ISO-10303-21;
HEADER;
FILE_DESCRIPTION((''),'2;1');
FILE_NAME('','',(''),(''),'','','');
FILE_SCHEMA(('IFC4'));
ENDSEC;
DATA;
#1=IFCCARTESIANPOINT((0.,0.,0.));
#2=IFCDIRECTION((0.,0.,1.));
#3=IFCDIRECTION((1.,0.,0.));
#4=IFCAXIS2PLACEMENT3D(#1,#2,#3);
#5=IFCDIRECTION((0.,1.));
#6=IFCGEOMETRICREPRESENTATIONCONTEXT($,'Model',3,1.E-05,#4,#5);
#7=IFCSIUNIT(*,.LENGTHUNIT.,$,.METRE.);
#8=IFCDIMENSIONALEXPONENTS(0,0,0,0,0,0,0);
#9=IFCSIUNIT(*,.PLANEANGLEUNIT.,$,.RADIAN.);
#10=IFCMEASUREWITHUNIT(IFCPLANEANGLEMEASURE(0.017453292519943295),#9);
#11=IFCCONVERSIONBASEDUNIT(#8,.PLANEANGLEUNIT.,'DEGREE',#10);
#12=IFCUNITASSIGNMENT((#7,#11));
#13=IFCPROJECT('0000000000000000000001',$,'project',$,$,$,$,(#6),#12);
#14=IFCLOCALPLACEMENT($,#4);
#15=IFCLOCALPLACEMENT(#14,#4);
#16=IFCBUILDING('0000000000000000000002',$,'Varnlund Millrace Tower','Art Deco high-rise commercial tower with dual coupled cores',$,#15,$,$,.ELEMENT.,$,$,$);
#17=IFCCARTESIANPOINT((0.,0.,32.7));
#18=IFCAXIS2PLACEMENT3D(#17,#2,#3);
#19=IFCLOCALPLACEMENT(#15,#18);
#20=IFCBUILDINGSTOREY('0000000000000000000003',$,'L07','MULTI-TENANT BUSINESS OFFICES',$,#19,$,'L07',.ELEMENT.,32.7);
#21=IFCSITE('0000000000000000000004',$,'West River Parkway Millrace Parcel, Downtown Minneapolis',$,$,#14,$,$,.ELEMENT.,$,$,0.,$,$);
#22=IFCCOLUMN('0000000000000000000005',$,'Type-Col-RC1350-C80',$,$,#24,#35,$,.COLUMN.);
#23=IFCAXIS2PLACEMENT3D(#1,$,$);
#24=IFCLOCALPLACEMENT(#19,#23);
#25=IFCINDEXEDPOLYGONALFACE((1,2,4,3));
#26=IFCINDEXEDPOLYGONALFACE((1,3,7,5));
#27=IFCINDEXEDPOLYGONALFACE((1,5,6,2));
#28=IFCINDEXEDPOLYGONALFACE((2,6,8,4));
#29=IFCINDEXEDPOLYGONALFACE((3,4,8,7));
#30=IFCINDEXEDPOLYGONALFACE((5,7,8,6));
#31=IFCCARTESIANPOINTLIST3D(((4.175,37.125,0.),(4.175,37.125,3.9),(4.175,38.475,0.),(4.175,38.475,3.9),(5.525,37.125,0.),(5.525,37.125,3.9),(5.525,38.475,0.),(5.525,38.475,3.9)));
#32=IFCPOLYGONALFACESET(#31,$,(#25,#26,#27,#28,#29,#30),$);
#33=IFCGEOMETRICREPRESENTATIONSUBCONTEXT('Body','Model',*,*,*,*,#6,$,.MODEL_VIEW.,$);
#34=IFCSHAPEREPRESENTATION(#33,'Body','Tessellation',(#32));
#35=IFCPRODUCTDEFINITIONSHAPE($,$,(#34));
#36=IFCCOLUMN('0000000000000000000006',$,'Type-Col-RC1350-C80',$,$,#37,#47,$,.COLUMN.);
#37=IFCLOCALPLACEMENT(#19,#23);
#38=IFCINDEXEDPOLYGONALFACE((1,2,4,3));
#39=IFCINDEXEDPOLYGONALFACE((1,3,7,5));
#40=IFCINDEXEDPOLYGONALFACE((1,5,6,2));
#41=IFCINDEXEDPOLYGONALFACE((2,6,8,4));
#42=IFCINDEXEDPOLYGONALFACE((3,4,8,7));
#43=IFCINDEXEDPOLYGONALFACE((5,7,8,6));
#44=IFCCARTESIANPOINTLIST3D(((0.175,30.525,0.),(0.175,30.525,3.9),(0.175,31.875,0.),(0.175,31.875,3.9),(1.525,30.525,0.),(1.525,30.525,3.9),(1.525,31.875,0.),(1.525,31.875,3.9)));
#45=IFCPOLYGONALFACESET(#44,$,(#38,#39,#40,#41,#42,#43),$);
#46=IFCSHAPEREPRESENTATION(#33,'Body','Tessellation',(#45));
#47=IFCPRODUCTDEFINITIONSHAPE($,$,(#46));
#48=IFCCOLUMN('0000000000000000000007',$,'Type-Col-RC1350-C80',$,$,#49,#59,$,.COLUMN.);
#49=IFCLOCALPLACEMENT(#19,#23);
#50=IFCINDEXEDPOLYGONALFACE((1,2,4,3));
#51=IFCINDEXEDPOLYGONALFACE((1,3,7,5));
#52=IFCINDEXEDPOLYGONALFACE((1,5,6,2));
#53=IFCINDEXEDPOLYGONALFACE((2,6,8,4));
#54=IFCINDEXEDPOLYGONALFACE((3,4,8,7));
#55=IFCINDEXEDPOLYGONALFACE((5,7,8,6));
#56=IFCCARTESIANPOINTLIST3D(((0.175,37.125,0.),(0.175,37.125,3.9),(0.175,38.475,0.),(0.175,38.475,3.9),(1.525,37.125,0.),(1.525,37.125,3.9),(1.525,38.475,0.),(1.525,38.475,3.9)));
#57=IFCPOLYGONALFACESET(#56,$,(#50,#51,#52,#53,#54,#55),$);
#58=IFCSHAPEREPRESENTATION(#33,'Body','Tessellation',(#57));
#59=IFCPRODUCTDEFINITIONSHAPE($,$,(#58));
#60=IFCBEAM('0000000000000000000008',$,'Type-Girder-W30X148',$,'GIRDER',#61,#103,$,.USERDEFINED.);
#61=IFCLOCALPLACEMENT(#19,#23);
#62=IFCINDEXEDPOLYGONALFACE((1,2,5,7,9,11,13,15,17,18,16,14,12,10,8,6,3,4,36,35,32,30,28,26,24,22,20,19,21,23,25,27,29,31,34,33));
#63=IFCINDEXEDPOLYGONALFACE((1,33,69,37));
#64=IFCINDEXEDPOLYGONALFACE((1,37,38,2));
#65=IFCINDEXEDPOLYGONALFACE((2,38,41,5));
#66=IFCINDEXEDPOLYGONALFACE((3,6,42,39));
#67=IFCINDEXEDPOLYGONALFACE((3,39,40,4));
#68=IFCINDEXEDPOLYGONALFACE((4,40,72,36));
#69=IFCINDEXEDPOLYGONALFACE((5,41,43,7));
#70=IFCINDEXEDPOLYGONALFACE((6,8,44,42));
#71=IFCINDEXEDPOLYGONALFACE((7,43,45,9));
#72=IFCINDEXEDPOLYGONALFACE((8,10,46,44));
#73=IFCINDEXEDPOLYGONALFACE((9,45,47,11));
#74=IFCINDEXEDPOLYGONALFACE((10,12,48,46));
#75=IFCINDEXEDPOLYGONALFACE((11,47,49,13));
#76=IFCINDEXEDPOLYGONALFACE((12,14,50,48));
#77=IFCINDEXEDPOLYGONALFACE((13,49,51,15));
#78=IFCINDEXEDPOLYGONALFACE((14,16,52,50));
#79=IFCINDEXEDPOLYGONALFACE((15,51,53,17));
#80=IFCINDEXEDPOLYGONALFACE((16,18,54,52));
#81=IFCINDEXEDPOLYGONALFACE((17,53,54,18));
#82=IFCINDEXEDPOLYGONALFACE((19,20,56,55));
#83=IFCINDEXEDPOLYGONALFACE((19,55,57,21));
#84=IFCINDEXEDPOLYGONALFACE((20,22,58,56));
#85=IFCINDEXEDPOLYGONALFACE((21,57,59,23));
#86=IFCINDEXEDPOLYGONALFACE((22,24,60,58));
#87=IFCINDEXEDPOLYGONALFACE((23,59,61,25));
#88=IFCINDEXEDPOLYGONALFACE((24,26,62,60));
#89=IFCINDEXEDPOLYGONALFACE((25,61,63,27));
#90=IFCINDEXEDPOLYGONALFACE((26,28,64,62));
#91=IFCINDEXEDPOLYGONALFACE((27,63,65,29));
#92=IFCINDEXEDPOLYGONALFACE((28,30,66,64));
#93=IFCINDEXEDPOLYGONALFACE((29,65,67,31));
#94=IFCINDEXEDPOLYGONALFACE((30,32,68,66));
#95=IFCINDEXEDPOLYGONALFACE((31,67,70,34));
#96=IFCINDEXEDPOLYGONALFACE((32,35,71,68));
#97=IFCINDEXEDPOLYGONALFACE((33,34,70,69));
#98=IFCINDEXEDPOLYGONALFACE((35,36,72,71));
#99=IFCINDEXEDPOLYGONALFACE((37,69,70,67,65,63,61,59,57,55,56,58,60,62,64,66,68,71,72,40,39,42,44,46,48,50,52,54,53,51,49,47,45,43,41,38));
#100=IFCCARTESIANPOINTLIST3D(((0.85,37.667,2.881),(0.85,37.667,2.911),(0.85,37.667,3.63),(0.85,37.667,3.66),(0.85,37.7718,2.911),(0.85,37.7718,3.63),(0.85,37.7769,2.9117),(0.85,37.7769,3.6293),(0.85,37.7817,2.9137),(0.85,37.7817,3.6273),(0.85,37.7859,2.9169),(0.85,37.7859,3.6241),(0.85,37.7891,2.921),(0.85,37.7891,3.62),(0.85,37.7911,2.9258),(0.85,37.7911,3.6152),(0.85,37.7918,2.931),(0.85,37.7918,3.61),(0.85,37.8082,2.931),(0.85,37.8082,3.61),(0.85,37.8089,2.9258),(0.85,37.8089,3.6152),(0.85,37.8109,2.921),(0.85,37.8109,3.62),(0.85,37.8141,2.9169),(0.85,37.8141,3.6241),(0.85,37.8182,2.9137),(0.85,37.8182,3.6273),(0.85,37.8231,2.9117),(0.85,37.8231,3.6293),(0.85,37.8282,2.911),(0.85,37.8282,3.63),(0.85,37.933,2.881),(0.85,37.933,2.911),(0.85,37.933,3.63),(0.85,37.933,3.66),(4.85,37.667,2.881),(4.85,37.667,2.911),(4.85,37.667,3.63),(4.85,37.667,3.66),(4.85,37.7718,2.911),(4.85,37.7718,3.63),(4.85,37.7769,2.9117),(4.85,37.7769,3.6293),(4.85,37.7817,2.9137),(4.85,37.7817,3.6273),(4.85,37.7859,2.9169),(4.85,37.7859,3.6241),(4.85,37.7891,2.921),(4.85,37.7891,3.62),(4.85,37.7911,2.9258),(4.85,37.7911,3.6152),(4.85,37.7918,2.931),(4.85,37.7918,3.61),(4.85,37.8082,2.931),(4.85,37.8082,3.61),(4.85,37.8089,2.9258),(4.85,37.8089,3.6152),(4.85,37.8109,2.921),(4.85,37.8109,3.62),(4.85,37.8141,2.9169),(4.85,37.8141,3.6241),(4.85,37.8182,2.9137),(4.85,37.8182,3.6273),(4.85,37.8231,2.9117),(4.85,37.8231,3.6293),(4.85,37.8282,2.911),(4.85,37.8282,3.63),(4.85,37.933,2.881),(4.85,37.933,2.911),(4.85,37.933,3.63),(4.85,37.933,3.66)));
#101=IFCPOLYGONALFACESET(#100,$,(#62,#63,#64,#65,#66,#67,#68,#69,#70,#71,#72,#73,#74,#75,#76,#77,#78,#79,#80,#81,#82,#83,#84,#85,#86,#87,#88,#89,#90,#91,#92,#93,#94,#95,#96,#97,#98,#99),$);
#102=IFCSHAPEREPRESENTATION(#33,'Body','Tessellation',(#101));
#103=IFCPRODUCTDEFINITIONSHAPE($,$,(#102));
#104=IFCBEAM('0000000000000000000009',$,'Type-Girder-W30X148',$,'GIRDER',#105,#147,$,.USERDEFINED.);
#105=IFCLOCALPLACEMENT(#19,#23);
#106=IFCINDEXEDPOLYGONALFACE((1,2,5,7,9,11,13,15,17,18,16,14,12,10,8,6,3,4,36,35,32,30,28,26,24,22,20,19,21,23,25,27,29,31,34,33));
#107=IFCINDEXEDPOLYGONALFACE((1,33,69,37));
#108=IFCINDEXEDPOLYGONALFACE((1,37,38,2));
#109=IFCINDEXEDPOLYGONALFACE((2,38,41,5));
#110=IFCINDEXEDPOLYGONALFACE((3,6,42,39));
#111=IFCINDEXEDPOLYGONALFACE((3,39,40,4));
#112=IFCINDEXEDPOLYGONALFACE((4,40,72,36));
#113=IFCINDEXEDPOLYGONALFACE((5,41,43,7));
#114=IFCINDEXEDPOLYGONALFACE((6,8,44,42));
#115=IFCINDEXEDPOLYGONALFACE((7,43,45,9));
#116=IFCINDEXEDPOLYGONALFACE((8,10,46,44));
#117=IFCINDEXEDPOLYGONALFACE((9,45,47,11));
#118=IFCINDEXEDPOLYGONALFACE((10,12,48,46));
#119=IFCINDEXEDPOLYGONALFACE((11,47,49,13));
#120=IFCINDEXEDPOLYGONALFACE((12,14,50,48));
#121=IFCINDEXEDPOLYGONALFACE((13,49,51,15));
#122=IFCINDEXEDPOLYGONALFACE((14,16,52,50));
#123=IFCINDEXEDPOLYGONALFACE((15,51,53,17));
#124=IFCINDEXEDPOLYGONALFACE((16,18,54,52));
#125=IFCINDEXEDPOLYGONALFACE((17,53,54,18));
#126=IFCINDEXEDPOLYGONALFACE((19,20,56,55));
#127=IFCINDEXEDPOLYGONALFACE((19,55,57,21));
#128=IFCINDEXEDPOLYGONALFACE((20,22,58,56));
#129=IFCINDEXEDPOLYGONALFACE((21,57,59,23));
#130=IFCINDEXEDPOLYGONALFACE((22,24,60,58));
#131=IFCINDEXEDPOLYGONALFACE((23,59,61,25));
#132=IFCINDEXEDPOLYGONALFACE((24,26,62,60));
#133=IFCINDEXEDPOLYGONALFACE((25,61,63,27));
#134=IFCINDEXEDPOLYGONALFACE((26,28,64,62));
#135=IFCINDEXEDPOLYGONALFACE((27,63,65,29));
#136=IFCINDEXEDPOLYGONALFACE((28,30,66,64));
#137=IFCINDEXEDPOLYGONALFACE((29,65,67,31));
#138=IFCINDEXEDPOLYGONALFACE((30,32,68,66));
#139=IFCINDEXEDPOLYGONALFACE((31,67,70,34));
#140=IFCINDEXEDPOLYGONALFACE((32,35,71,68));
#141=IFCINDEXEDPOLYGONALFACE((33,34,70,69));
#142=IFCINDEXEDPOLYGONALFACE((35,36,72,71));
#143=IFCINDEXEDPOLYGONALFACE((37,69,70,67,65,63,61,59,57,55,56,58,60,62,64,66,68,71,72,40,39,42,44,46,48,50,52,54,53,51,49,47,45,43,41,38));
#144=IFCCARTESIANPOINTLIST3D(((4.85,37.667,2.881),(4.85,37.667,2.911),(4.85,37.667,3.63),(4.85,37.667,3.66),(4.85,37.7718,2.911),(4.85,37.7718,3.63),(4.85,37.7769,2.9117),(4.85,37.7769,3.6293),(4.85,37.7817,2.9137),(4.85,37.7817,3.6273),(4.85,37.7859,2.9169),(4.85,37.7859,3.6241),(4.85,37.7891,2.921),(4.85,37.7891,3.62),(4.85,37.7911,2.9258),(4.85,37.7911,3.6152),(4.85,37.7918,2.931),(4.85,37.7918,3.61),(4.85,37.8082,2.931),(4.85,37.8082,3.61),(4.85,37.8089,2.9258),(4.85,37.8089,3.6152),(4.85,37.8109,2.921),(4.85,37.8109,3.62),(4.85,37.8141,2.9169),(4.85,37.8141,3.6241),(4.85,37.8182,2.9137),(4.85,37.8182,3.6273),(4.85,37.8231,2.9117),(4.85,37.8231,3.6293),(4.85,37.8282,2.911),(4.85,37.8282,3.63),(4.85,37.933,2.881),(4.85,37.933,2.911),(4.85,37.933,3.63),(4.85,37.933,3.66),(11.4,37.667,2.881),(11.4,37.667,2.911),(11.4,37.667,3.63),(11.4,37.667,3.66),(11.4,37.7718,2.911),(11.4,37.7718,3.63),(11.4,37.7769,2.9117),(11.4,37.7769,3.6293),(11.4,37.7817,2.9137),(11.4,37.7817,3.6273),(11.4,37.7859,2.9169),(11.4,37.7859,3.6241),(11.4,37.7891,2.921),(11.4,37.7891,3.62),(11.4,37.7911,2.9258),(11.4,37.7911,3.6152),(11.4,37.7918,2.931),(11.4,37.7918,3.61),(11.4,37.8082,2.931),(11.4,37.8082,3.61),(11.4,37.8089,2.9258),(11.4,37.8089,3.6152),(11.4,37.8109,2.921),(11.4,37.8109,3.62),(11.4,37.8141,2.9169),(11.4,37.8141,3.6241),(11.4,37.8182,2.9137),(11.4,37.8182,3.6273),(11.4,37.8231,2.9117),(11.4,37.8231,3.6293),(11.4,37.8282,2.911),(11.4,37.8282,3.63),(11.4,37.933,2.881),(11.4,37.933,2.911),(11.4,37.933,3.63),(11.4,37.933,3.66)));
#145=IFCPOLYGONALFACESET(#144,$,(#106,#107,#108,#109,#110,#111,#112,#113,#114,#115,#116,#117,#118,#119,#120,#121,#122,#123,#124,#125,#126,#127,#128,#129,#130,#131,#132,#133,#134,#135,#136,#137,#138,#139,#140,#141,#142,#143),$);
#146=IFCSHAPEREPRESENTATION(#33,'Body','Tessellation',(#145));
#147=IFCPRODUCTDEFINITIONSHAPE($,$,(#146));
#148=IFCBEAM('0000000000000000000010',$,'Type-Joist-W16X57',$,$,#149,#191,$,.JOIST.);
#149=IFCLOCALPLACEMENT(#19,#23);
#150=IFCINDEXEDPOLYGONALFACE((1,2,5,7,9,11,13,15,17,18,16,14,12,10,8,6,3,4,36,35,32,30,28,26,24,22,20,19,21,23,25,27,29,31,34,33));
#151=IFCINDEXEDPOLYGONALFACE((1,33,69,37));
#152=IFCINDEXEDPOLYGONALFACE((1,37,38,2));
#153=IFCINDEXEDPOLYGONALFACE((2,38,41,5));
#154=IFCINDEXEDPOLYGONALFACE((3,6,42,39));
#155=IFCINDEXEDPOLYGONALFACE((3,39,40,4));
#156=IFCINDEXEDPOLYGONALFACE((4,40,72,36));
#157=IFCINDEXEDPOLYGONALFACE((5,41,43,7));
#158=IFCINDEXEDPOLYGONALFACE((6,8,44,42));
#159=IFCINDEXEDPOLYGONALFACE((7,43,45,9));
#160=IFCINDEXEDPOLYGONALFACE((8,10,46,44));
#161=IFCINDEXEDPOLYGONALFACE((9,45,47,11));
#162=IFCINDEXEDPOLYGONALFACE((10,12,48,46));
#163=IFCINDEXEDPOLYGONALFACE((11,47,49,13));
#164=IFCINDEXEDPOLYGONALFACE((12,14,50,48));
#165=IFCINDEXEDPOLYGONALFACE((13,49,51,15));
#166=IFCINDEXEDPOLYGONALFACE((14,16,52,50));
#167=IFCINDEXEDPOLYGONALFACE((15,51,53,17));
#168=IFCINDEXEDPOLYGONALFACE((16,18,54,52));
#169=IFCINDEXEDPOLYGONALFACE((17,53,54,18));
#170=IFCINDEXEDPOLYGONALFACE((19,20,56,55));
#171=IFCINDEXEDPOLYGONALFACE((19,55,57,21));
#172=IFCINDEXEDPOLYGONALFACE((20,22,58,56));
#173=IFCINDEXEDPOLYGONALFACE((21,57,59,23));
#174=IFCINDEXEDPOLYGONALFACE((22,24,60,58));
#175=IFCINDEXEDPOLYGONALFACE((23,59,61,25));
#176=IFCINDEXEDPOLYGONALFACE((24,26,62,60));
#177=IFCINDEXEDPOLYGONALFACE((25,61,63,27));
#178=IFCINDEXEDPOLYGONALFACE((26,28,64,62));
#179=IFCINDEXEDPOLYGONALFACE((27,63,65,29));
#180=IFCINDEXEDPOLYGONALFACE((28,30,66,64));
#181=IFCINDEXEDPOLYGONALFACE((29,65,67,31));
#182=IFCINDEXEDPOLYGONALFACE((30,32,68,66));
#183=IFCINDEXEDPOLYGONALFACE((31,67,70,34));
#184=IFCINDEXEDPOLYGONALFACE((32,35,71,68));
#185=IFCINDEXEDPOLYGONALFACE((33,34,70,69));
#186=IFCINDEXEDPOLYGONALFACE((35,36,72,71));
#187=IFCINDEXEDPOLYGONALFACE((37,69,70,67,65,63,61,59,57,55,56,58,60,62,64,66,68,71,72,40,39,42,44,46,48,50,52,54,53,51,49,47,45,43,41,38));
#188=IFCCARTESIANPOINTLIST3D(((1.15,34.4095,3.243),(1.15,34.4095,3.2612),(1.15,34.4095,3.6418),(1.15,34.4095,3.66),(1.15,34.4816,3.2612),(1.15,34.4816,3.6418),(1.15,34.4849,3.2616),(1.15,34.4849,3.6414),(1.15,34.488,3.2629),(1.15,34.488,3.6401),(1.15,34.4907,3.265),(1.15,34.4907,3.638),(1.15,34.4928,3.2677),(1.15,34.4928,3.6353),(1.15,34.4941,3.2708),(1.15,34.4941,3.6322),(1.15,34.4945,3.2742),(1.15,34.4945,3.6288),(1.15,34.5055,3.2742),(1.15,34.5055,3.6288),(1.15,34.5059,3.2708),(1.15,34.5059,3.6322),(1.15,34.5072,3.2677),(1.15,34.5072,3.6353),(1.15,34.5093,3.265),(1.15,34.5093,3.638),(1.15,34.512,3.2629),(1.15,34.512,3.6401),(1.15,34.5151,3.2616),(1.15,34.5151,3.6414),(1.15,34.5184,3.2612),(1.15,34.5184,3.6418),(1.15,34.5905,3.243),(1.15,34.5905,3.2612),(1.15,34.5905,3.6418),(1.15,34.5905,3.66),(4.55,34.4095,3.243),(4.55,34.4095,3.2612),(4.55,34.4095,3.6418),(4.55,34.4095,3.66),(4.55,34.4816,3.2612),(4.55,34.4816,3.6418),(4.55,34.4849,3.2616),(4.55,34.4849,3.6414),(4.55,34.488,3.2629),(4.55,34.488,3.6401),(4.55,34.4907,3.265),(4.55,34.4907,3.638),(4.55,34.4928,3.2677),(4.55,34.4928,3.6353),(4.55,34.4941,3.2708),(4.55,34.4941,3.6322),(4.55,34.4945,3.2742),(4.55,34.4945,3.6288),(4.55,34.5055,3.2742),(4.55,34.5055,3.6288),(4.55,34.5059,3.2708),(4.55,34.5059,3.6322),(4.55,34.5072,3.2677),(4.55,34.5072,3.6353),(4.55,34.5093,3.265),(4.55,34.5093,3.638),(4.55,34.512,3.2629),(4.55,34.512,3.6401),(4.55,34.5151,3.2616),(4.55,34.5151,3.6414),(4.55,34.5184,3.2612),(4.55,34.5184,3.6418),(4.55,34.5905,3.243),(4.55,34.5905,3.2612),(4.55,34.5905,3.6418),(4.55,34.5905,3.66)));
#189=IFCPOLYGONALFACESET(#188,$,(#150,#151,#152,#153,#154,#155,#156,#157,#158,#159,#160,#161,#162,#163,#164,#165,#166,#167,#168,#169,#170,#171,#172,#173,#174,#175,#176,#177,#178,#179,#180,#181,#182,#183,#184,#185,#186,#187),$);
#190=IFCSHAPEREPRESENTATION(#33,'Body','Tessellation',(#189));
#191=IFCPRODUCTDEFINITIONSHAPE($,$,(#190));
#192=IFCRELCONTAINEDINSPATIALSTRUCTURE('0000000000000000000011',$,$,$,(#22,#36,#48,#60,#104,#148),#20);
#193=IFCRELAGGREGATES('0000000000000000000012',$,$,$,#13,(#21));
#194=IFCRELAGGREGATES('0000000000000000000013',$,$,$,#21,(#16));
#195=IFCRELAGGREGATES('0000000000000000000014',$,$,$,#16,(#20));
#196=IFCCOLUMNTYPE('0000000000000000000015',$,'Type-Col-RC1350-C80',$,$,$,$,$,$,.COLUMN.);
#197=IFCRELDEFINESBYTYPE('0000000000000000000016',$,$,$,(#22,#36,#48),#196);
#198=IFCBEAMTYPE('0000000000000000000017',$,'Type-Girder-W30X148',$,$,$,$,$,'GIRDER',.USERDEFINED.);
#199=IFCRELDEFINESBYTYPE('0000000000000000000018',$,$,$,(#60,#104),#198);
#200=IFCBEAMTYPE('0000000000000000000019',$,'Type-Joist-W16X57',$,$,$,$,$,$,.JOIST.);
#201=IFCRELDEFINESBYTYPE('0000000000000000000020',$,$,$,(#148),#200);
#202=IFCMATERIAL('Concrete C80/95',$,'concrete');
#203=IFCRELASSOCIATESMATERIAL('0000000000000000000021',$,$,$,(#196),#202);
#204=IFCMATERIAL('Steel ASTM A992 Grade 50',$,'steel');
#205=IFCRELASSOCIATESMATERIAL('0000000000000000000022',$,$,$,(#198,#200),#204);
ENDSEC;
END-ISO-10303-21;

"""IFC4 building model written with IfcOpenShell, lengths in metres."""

from ifc_helpers import new_model, entity, si_unit, converted_unit, direction, frame, origin_with_axes, origin_2d_with_axis, place, context, subcontext, project, spatial, rectangle, i_section, extrude, material, material_profile, profile_set, type_object, element, save


model = new_model("IFC4")

# Units and contexts
model_context = context("Model", 3, precision=1e-05, world=origin_with_axes(), true_north=direction((0.0, 1.0)))
body_context = subcontext(model_context, "Body", "Model", "MODEL_VIEW")
ifc_project = project(units=[si_unit("LENGTHUNIT", "METRE"), converted_unit("PLANEANGLEUNIT", "DEGREE", entity("IfcPlaneAngleMeasure", 0.017453292519943295), si_unit("PLANEANGLEUNIT", "RADIAN"), dimensions=[0, 0, 0, 0, 0, 0, 0])], contexts=[model_context])

# Site, building, storey
site_placement = place(None, origin_with_axes())
site = spatial("IfcSite", under=ifc_project, at=site_placement, Name="West River Parkway Millrace Parcel, Downtown Minneapolis", CompositionType="ELEMENT", RefElevation=0.0)
building_placement = place(site_placement, origin_with_axes())
building = spatial("IfcBuilding", under=site, at=building_placement, Name="Varnlund Millrace Tower", Description="Art Deco high-rise commercial tower with dual coupled cores", CompositionType="ELEMENT")
storey_placement = place(building_placement, frame((0.0, 0.0, 32.7), z_axis=(0.0, 0.0, 1.0), x_axis=(1.0, 0.0, 0.0)))
storey = spatial("IfcBuildingStorey", under=building, at=storey_placement, Name="L07", Description="MULTI-TENANT BUSINESS OFFICES", LongName="L07", CompositionType="ELEMENT", Elevation=32.7)

# Columns
ifc_material_1 = material(Name="Concrete C80/95", Category="concrete")
ifc_material_profile_1 = material_profile(ifc_material_1, rectangle(XDim=1.35, YDim=1.35, at=origin_2d_with_axis()), Name="Concrete C80/95")
ifc_profile_set_1 = profile_set([ifc_material_profile_1], Name="Concrete C80/95")
column_type = type_object("IfcColumnType", Name="Type-Col-RC1350-C80", PredefinedType="COLUMN", material=ifc_profile_set_1)
for number, where, z_axis, x_axis, name in (
    (1, (4.85, 37.8, 0.0), (0.0, 0.0, 1.0), (1.0, 0.0, 0.0), "Type-Col-RC1350-C80"),
    (2, (0.85, 31.2, 0.0), (0.0, 0.0, 1.0), (1.0, 0.0, 0.0), "Type-Col-RC1350-C80"),
    (3, (0.85, 37.8, 0.0), (0.0, 0.0, 1.0), (1.0, 0.0, 0.0), "Type-Col-RC1350-C80"),
):
    element("IfcColumn", number, at=place(storey_placement, frame(where, z_axis=z_axis, x_axis=x_axis)), inside=storey, type_object=column_type, Name=name, PredefinedType="COLUMN", context=body_context, shape_type="SweptSolid", body=[
        extrude(rectangle(XDim=1.35, YDim=1.35, at=origin_2d_with_axis()), origin_with_axes(), (0.0, 0.0, 1.0), 3.9),
    ])

# Beams
ifc_material_2 = material(Name="Steel ASTM A992 Grade 50", Category="steel")
ifc_material_profile_2 = material_profile(ifc_material_2, i_section(OverallWidth=0.266, OverallDepth=0.779, WebThickness=0.0165, FlangeThickness=0.03, FilletRadius=0.02, at=origin_2d_with_axis()), Name="Steel ASTM A992 Grade 50")
ifc_profile_set_2 = profile_set([ifc_material_profile_2], Name="Steel ASTM A992 Grade 50")
beam_type_1 = type_object("IfcBeamType", Name="Type-Girder-W30X148", ElementType="GIRDER", PredefinedType="USERDEFINED", material=ifc_profile_set_2)
beam_1_placement = place(storey_placement, frame((0.85, 37.8, 3.2705), z_axis=(1.0, 0.0, 0.0), x_axis=(0.0, 1.0, 0.0)))
element("IfcBeam", 4, at=beam_1_placement, inside=storey, type_object=beam_type_1, Name="Type-Girder-W30X148", ObjectType="GIRDER", PredefinedType="USERDEFINED", context=body_context, shape_type="SweptSolid", body=[
    extrude(i_section(OverallWidth=0.266, OverallDepth=0.779, WebThickness=0.0165, FlangeThickness=0.03, FilletRadius=0.02, at=origin_2d_with_axis()), origin_with_axes(), (0.0, 0.0, 1.0), 4.0),
])
beam_2_placement = place(storey_placement, frame((4.85, 37.8, 3.2705), z_axis=(1.0, 0.0, 0.0), x_axis=(0.0, 1.0, 0.0)))
element("IfcBeam", 5, at=beam_2_placement, inside=storey, type_object=beam_type_1, Name="Type-Girder-W30X148", ObjectType="GIRDER", PredefinedType="USERDEFINED", context=body_context, shape_type="SweptSolid", body=[
    extrude(i_section(OverallWidth=0.266, OverallDepth=0.779, WebThickness=0.0165, FlangeThickness=0.03, FilletRadius=0.02, at=origin_2d_with_axis()), origin_with_axes(), (0.0, 0.0, 1.0), 6.55),
])
ifc_material_profile_3 = material_profile(ifc_material_2, i_section(OverallWidth=0.181, OverallDepth=0.417, WebThickness=0.0109, FlangeThickness=0.0182, FilletRadius=0.013, at=origin_2d_with_axis()), Name="Steel ASTM A992 Grade 50")
ifc_profile_set_3 = profile_set([ifc_material_profile_3], Name="Steel ASTM A992 Grade 50")
beam_type_2 = type_object("IfcBeamType", Name="Type-Joist-W16X57", PredefinedType="JOIST", material=ifc_profile_set_3)
beam_3_placement = place(storey_placement, frame((1.15, 34.5, 3.4515), z_axis=(1.0, 0.0, 0.0), x_axis=(0.0, 1.0, 0.0)))
element("IfcBeam", 6, at=beam_3_placement, inside=storey, type_object=beam_type_2, Name="Type-Joist-W16X57", PredefinedType="JOIST", context=body_context, shape_type="SweptSolid", body=[
    extrude(i_section(OverallWidth=0.181, OverallDepth=0.417, WebThickness=0.0109, FlangeThickness=0.0182, FilletRadius=0.013, at=origin_2d_with_axis()), origin_with_axes(), (0.0, 0.0, 1.0), 3.4),
])

save(model, "model.ifc")
